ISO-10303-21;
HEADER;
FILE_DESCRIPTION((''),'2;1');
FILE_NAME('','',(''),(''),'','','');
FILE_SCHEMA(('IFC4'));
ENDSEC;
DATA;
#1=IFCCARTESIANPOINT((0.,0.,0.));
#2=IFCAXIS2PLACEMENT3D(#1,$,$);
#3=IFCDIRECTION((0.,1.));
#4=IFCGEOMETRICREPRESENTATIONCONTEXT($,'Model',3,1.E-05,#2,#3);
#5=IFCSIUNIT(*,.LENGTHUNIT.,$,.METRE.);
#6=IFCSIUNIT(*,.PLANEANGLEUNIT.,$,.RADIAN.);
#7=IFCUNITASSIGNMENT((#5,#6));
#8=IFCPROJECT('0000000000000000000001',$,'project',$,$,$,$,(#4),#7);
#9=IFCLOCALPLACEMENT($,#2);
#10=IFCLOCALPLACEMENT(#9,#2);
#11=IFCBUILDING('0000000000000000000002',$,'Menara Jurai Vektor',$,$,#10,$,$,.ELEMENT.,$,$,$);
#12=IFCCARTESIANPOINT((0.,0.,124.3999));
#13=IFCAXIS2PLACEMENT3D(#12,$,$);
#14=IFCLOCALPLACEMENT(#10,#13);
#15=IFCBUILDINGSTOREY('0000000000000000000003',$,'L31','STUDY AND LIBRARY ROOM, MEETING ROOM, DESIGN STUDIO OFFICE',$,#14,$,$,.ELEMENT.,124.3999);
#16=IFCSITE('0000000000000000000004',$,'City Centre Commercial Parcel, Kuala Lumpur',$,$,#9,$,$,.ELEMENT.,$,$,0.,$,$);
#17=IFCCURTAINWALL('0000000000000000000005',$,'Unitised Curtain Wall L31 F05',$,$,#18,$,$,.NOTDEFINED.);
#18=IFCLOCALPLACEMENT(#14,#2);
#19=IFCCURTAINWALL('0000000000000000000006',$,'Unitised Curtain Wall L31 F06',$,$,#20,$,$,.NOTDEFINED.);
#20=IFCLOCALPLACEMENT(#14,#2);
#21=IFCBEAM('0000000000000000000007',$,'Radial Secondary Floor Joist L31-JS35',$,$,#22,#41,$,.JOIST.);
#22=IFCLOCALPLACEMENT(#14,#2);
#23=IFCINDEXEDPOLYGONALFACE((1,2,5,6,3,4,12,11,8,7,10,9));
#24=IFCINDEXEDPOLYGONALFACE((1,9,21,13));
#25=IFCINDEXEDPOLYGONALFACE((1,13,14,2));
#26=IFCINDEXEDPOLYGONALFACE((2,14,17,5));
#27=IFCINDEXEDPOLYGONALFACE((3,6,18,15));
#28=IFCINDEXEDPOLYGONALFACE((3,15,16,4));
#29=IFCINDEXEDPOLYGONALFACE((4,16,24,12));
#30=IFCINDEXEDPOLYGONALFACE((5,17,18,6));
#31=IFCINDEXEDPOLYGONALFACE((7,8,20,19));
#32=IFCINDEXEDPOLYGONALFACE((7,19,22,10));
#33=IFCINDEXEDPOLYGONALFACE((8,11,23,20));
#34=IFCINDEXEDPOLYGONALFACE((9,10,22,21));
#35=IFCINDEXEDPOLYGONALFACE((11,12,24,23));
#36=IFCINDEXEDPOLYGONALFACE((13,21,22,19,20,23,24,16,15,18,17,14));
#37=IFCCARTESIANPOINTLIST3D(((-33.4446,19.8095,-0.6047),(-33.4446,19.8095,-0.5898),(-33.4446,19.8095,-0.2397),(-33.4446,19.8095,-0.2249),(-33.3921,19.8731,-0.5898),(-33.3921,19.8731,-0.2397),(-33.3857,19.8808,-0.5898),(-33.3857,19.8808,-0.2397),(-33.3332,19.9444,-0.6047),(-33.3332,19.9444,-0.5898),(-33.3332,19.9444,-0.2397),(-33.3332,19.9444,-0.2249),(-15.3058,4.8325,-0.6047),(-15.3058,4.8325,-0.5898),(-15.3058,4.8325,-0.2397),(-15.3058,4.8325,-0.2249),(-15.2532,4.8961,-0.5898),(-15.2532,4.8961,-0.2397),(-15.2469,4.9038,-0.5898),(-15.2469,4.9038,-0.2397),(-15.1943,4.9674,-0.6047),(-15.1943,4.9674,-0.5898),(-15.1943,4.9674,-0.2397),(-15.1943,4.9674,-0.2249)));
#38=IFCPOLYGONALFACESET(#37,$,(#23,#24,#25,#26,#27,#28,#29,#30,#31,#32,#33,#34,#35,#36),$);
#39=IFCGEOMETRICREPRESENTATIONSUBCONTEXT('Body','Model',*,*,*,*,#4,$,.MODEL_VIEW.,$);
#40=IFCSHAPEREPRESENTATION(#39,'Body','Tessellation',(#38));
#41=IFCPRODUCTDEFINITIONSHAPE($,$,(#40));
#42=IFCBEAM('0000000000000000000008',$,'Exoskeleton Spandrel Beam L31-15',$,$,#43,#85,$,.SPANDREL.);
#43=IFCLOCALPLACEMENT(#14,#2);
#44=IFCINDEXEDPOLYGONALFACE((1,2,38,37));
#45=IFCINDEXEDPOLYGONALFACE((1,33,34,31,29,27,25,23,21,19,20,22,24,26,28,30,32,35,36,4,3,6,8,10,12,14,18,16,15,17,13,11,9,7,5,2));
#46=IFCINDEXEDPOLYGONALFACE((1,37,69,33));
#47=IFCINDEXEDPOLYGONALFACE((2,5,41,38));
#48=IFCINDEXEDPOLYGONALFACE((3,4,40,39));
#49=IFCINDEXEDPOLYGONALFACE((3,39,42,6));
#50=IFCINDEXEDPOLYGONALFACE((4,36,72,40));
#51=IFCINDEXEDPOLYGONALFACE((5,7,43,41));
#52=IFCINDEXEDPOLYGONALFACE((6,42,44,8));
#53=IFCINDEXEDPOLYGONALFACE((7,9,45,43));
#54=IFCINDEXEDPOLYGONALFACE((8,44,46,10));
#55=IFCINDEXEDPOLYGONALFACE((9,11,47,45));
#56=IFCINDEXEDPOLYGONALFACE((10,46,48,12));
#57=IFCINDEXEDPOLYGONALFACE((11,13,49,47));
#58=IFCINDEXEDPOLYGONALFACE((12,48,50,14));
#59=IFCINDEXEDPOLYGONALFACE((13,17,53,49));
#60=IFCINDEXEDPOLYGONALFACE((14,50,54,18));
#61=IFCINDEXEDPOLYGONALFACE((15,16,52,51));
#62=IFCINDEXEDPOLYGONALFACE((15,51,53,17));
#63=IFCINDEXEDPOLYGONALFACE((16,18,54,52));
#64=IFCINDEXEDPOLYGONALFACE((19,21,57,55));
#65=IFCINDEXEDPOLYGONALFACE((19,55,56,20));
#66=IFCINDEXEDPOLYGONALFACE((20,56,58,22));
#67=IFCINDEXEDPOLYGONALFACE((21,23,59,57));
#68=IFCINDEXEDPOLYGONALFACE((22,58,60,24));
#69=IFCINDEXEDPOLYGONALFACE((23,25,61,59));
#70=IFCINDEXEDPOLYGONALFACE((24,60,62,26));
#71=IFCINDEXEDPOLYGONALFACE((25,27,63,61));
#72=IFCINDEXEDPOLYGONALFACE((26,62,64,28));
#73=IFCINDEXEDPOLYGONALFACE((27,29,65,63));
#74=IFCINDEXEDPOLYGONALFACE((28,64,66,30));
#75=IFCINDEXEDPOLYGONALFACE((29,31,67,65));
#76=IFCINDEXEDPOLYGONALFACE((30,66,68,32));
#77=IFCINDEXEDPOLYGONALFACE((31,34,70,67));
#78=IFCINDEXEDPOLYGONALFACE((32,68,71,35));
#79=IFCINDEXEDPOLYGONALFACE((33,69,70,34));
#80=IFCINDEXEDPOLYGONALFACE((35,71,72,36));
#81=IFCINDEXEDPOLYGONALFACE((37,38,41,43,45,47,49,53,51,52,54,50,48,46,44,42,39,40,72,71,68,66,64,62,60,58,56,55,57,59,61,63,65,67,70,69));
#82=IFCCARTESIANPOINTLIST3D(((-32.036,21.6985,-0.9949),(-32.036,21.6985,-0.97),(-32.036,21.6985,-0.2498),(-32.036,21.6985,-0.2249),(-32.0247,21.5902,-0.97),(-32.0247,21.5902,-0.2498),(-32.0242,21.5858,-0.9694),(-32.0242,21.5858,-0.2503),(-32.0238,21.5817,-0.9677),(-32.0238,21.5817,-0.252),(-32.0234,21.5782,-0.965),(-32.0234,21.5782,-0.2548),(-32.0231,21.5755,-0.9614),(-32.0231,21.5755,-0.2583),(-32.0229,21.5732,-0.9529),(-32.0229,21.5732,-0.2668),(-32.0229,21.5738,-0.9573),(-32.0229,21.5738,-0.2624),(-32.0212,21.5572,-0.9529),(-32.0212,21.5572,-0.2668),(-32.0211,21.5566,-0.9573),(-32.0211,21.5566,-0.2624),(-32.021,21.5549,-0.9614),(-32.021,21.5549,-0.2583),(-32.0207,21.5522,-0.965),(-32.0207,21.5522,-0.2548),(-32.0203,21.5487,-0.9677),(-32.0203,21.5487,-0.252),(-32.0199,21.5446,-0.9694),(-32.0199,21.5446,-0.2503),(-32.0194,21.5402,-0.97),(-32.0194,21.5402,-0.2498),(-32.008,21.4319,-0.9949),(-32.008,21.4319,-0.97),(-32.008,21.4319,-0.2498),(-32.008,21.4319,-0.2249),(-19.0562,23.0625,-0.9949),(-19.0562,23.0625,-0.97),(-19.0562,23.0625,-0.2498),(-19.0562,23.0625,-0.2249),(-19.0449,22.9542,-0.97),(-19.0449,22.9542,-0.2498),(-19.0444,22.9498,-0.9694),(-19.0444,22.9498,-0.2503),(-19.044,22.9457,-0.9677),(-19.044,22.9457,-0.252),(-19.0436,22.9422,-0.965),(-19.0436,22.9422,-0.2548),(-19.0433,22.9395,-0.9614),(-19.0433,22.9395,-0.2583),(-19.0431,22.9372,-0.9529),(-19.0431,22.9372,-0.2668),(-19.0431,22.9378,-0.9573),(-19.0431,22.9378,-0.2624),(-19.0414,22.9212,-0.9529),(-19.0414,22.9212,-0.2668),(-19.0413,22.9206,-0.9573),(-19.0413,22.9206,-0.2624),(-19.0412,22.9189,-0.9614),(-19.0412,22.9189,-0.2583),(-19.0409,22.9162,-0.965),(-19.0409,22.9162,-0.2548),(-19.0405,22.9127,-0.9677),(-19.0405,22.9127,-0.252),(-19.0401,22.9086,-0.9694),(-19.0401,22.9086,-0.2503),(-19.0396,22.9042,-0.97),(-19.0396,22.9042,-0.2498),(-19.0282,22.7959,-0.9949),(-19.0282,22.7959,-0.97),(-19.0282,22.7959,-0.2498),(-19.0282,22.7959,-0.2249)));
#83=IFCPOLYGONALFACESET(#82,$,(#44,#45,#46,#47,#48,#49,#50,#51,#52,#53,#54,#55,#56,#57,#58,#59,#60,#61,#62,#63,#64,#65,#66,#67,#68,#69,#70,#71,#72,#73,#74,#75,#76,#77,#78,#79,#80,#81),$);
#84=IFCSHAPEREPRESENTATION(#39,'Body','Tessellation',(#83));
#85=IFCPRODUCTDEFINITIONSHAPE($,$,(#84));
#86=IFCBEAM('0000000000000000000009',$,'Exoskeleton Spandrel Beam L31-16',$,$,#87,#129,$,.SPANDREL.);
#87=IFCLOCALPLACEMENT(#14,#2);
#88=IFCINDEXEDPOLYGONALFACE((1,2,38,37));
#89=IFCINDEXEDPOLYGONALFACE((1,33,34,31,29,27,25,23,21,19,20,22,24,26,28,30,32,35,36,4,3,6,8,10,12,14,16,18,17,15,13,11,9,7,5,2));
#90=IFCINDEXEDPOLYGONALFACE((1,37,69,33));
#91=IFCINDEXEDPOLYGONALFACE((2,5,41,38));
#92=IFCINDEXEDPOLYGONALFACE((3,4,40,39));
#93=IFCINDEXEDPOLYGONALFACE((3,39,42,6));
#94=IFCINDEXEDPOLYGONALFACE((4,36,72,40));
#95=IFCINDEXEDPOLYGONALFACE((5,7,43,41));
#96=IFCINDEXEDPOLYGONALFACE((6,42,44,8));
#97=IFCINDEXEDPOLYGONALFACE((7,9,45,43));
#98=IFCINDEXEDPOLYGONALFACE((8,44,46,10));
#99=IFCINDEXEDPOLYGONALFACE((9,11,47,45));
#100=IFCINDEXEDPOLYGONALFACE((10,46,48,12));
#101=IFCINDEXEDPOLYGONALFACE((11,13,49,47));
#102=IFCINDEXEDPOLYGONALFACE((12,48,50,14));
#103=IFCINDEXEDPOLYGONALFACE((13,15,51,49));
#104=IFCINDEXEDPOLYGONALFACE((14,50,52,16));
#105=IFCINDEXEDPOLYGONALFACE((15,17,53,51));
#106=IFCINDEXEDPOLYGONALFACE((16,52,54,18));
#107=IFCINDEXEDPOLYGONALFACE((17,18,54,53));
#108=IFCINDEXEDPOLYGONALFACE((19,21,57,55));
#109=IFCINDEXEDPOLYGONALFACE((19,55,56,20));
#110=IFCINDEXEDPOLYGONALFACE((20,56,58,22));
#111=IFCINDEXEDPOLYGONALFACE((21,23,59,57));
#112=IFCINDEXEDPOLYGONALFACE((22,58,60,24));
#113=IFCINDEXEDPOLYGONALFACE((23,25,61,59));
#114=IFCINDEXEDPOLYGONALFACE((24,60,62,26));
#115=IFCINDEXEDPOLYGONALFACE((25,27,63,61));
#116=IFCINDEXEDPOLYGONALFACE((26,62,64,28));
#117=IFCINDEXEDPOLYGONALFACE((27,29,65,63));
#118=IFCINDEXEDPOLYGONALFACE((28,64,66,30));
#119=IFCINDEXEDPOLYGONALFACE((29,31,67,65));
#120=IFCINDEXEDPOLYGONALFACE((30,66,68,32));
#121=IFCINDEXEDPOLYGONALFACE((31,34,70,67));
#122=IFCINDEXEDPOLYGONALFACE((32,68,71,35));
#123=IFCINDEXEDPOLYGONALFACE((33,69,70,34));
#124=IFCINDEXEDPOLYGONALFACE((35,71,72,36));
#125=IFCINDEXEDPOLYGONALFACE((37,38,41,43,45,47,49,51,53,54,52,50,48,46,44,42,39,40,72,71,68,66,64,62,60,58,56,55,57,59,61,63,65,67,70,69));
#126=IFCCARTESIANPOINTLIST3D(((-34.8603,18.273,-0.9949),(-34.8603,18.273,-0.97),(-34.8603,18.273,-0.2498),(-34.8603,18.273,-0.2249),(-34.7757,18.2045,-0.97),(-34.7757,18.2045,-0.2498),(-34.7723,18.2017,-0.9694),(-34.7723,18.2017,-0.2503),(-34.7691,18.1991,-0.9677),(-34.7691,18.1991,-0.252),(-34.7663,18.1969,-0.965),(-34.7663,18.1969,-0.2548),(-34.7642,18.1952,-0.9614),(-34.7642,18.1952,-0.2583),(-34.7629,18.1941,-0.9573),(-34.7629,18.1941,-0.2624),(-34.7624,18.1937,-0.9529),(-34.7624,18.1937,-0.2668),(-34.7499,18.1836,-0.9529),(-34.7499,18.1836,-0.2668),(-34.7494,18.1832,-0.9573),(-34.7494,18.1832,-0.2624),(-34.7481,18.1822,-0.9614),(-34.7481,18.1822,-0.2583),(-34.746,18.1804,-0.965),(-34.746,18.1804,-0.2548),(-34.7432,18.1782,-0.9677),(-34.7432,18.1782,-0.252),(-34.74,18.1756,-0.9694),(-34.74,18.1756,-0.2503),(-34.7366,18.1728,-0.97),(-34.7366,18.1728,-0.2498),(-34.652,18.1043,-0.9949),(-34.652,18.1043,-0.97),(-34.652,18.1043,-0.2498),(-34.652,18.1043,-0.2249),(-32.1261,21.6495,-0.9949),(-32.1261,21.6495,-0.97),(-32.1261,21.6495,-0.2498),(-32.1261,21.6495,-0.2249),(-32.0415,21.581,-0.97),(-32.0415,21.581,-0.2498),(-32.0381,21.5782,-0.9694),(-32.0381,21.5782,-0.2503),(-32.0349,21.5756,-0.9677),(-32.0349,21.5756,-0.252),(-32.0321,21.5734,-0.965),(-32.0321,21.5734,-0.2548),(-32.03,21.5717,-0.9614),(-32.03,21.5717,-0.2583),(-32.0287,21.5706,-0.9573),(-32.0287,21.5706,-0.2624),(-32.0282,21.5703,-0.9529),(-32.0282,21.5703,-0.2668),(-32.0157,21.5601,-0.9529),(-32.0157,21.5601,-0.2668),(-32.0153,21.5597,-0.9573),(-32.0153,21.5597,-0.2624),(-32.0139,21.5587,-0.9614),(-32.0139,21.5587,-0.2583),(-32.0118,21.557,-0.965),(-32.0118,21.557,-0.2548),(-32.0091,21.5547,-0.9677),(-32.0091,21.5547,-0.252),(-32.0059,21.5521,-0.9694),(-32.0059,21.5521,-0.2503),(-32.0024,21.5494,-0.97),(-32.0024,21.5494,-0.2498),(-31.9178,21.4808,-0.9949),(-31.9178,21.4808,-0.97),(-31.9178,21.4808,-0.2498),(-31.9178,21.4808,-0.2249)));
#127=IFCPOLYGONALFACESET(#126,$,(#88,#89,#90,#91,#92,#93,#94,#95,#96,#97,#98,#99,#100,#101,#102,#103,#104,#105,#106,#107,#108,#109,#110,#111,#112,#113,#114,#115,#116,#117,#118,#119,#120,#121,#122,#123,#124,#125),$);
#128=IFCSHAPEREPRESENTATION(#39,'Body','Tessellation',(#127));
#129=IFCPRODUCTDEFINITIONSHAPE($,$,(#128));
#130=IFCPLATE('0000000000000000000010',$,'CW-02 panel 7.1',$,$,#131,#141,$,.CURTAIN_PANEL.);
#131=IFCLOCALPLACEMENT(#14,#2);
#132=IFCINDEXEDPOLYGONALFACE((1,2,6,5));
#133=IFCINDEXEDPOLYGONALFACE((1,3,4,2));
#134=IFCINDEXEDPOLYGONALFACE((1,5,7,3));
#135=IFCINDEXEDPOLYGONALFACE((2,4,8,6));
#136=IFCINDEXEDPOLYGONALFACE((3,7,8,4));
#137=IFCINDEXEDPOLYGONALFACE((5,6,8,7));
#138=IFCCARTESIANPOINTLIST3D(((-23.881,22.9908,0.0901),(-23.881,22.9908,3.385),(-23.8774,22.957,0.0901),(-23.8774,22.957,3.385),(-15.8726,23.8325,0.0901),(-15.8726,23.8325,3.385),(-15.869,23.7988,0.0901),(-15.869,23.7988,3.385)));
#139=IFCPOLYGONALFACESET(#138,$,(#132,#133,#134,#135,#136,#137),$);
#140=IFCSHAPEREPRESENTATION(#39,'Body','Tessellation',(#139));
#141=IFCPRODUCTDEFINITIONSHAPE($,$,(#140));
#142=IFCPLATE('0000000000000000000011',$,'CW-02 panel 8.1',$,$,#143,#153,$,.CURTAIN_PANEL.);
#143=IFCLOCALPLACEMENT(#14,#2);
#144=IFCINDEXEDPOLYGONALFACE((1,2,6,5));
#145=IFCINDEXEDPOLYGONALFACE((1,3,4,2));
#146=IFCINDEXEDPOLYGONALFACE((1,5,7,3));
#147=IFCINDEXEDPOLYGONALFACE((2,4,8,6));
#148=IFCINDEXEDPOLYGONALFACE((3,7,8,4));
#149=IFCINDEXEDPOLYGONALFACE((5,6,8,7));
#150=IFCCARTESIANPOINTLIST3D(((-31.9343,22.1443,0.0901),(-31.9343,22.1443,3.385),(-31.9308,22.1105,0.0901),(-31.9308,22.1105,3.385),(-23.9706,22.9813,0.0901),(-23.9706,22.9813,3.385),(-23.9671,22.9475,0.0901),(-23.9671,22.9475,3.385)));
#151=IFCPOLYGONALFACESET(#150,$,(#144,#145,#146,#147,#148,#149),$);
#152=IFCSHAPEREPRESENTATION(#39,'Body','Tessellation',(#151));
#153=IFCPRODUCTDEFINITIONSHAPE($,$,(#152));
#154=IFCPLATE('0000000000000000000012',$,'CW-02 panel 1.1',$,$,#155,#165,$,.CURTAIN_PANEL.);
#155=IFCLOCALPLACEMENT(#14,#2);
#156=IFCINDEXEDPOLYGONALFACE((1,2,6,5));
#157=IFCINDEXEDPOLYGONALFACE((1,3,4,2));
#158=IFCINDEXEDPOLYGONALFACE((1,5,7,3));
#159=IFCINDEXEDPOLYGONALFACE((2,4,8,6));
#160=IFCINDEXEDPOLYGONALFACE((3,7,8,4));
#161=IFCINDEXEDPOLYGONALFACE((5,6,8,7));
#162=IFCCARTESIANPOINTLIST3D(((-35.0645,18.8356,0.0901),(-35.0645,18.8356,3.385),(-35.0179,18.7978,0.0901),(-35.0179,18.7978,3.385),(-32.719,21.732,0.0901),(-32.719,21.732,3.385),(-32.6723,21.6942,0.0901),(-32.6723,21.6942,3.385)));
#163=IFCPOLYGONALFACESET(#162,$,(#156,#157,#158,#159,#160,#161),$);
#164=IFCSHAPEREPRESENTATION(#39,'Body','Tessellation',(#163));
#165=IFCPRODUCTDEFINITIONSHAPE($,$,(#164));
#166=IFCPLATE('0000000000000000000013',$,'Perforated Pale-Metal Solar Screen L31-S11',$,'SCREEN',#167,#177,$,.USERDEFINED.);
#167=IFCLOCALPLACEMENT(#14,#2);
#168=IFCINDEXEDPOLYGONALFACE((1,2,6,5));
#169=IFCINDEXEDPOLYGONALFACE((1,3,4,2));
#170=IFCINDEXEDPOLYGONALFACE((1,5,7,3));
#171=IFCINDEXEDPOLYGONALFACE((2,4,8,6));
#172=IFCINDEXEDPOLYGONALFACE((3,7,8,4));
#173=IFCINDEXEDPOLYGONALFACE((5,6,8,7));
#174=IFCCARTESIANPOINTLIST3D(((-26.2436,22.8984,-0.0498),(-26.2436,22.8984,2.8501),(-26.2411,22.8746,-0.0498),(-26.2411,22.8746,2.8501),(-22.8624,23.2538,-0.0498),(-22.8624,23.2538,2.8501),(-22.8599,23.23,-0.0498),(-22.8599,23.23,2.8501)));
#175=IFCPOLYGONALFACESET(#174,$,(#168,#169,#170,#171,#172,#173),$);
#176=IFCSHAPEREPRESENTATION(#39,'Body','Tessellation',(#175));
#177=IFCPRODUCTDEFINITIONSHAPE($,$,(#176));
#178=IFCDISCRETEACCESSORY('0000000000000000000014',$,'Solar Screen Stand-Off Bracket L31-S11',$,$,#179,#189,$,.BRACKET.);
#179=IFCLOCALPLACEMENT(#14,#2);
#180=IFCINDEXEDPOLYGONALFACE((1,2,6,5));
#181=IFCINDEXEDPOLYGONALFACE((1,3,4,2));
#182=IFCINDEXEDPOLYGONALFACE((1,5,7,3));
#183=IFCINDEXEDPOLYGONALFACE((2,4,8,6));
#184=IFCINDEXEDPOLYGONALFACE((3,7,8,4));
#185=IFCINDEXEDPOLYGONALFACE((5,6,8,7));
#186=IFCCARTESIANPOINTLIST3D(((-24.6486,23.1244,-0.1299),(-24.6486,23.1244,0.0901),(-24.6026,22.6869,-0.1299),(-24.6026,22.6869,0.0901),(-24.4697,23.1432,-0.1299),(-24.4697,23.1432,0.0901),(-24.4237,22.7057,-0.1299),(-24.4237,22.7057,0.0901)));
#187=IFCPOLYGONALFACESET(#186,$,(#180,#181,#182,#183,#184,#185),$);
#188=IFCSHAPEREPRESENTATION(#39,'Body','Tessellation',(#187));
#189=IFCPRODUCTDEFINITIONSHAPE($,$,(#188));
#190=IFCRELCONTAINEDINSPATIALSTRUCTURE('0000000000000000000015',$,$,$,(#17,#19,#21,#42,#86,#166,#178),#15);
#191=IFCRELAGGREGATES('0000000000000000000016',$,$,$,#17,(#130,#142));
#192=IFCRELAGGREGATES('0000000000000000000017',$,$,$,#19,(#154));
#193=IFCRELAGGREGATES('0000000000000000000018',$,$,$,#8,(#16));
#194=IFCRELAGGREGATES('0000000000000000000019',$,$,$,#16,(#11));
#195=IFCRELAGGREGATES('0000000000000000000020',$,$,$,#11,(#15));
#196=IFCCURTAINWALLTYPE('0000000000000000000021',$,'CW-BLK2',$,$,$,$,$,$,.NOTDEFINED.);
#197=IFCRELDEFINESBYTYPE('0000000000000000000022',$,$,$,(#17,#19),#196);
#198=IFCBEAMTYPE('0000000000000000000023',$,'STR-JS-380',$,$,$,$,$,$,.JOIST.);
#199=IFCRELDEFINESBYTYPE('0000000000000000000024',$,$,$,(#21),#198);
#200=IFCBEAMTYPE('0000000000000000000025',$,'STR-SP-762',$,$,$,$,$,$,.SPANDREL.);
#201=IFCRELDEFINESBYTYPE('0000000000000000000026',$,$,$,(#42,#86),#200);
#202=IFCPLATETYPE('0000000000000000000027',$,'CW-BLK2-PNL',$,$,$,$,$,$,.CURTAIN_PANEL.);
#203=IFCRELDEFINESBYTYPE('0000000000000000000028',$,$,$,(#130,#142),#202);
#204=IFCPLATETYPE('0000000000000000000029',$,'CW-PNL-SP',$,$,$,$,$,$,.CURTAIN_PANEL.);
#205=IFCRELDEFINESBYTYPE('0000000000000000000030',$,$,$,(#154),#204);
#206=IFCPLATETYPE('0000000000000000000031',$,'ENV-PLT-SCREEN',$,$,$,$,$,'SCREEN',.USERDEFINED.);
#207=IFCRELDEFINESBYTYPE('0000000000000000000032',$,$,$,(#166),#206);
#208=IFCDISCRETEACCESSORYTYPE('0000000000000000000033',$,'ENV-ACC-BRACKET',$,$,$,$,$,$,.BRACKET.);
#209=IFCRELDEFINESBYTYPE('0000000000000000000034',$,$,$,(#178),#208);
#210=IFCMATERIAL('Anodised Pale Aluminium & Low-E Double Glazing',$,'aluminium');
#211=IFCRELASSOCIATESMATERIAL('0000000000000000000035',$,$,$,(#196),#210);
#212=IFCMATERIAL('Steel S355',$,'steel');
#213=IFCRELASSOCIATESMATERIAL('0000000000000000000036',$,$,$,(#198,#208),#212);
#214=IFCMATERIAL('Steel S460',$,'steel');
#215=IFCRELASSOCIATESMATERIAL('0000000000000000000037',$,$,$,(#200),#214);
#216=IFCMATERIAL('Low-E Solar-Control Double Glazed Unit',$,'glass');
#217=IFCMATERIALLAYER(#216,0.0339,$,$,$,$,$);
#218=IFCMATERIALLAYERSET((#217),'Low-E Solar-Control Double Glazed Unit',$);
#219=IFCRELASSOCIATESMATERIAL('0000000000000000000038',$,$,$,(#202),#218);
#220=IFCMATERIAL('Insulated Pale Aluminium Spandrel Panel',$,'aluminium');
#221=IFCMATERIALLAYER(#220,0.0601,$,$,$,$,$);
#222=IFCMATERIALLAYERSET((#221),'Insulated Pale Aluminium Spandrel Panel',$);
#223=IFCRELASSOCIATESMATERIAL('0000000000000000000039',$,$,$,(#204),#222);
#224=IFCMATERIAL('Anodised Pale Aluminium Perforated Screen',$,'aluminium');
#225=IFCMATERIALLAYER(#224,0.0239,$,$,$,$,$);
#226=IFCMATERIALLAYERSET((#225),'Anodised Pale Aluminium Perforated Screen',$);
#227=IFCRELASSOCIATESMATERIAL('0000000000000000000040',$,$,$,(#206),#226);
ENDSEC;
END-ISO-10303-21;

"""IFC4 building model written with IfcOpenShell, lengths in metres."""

from ifc_helpers import new_model, si_unit, direction, frame, origin, origin_2d, place, context, subcontext, project, spatial, rectangle, i_section, extrude, material, layer, layer_set, material_profile, profile_set, type_object, element, aggregate, save


model = new_model("IFC4")

# Units and contexts
model_context = context("Model", 3, precision=1e-05, world=origin(), true_north=direction((0.0, 1.0)))
body_context = subcontext(model_context, "Body", "Model", "MODEL_VIEW")
ifc_project = project(units=[si_unit("LENGTHUNIT", "METRE"), si_unit("PLANEANGLEUNIT", "RADIAN")], contexts=[model_context])

# Site, building, storey
site_placement = place(None, origin())
site = spatial("IfcSite", under=ifc_project, at=site_placement, Name="City Centre Commercial Parcel, Kuala Lumpur", CompositionType="ELEMENT", RefElevation=0.0)
building_placement = place(site_placement, origin())
building = spatial("IfcBuilding", under=site, at=building_placement, Name="Menara Jurai Vektor", CompositionType="ELEMENT")
storey_placement = place(building_placement, frame((0.0, 0.0, 124.3999)))
storey = spatial("IfcBuildingStorey", under=building, at=storey_placement, Name="L31", Description="STUDY AND LIBRARY ROOM, MEETING ROOM, DESIGN STUDIO OFFICE", CompositionType="ELEMENT", Elevation=124.3999)

# Shared definitions
ifc_material_1 = material(Name="Steel S460", Category="steel")

# Curtain walls
ifc_material_2 = material(Name="Anodised Pale Aluminium & Low-E Double Glazing", Category="aluminium")
curtain_wall_type = type_object("IfcCurtainWallType", Name="CW-BLK2", PredefinedType="NOTDEFINED", material=ifc_material_2)
curtain_wall_1_placement = place(storey_placement, origin())
curtain_wall_1 = element("IfcCurtainWall", 1, at=curtain_wall_1_placement, inside=storey, type_object=curtain_wall_type, Name="Unitised Curtain Wall L31 F05", PredefinedType="NOTDEFINED")
curtain_wall_2_placement = place(storey_placement, origin())
curtain_wall_2 = element("IfcCurtainWall", 2, at=curtain_wall_2_placement, inside=storey, type_object=curtain_wall_type, Name="Unitised Curtain Wall L31 F06", PredefinedType="NOTDEFINED")

# Shared definitions
ifc_material_3 = material(Name="Steel S355", Category="steel")

# Beams
ifc_material_profile_1 = material_profile(ifc_material_3, i_section(OverallWidth=0.175, OverallDepth=0.3799, WebThickness=0.01, FlangeThickness=0.0149, at=origin_2d()), Name="PG 380x175x58")
ifc_profile_set_1 = profile_set([ifc_material_profile_1], Name="Steel S355")
beam_type_1 = type_object("IfcBeamType", Name="STR-JS-380", PredefinedType="JOIST", material=ifc_profile_set_1)
beam_1_placement = place(storey_placement, frame((-33.3889, 19.877, -0.4148), z_axis=(0.771114, -0.636698, 0.0), x_axis=(0.636698, 0.771114, 0.0)))
element("IfcBeam", 3, at=beam_1_placement, inside=storey, type_object=beam_type_1, Name="Radial Secondary Floor Joist L31-JS35", PredefinedType="JOIST", context=body_context, shape_type="SweptSolid", body=[
    extrude(i_section(OverallWidth=0.175, OverallDepth=0.3799, WebThickness=0.01, FlangeThickness=0.0149, at=origin_2d()), origin(), (0.0, 0.0, 1.0), 23.5229),
])
ifc_material_profile_2 = material_profile(ifc_material_1, i_section(OverallWidth=0.2681, OverallDepth=0.77, WebThickness=0.0161, FlangeThickness=0.0249, FilletRadius=0.0171, at=origin_2d()), Name="UKB 762x267x197")
ifc_profile_set_2 = profile_set([ifc_material_profile_2], Name="Steel S460")
beam_type_2 = type_object("IfcBeamType", Name="STR-SP-762", PredefinedType="SPANDREL", material=ifc_profile_set_2)
beam_2_placement = place(storey_placement, frame((-19.0422, 22.9292, -0.6099), z_axis=(-0.994524, -0.104512, 0.0), x_axis=(0.104512, -0.994524, 0.0)))
element("IfcBeam", 4, at=beam_2_placement, inside=storey, type_object=beam_type_2, Name="Exoskeleton Spandrel Beam L31-15", PredefinedType="SPANDREL", context=body_context, shape_type="SweptSolid", body=[
    extrude(i_section(OverallWidth=0.2681, OverallDepth=0.77, WebThickness=0.0161, FlangeThickness=0.0249, FilletRadius=0.0171, at=origin_2d()), origin(), (0.0, 0.0, 1.0), 13.0513),
])
beam_3_placement = place(storey_placement, frame((-32.022, 21.5652, -0.6099), z_axis=(-0.62931, -0.777155, 0.0), x_axis=(0.777155, -0.62931, 0.0)))
element("IfcBeam", 5, at=beam_3_placement, inside=storey, type_object=beam_type_2, Name="Exoskeleton Spandrel Beam L31-16", PredefinedType="SPANDREL", context=body_context, shape_type="SweptSolid", body=[
    extrude(i_section(OverallWidth=0.2681, OverallDepth=0.77, WebThickness=0.0161, FlangeThickness=0.0249, FilletRadius=0.0171, at=origin_2d()), origin(), (0.0, 0.0, 1.0), 4.3447),
])

# Plates
ifc_material_4 = material(Name="Low-E Solar-Control Double Glazed Unit", Category="glass")
ifc_layer_1 = layer(ifc_material_4, 0.0339)
ifc_layer_set_1 = layer_set([ifc_layer_1], Name="Low-E Solar-Control Double Glazed Unit")
plate_type_1 = type_object("IfcPlateType", Name="CW-BLK2-PNL", PredefinedType="CURTAIN_PANEL", material=ifc_layer_set_1)
plate_1_placement = place(storey_placement, frame((-19.875, 23.3948, 0.0901), z_axis=(0.0, 0.0, 1.0), x_axis=(-0.994522, -0.104529, 0.0)))
plate_1 = element("IfcPlate", 6, at=plate_1_placement, type_object=plate_type_1, Name="CW-02 panel 7.1", PredefinedType="CURTAIN_PANEL", context=body_context, shape_type="SweptSolid", body=[
    extrude(rectangle(XDim=8.0525, YDim=0.0339, at=origin_2d()), origin(), (0.0, 0.0, 1.0), 3.2949),
])
plate_2_placement = place(storey_placement, frame((-27.9507, 22.5459, 0.0901), z_axis=(0.0, 0.0, 1.0), x_axis=(-0.994522, -0.104529, 0.0)))
plate_2 = element("IfcPlate", 7, at=plate_2_placement, type_object=plate_type_1, Name="CW-02 panel 8.1", PredefinedType="CURTAIN_PANEL", context=body_context, shape_type="SweptSolid", body=[
    extrude(rectangle(XDim=8.0076, YDim=0.0339, at=origin_2d()), origin(), (0.0, 0.0, 1.0), 3.2949),
])
aggregate(curtain_wall_1, [plate_1, plate_2])
ifc_material_5 = material(Name="Insulated Pale Aluminium Spandrel Panel", Category="aluminium")
ifc_layer_2 = layer(ifc_material_5, 0.0601)
ifc_layer_set_2 = layer_set([ifc_layer_2], Name="Insulated Pale Aluminium Spandrel Panel")
plate_type_2 = type_object("IfcPlateType", Name="CW-PNL-SP", PredefinedType="CURTAIN_PANEL", material=ifc_layer_set_2)
plate_3_placement = place(storey_placement, frame((-33.8684, 20.2649, 0.0901), z_axis=(0.0, 0.0, 1.0), x_axis=(-0.629341, -0.777129, 0.0)))
plate_3 = element("IfcPlate", 8, at=plate_3_placement, type_object=plate_type_2, Name="CW-02 panel 1.1", PredefinedType="CURTAIN_PANEL", context=body_context, shape_type="SweptSolid", body=[
    extrude(rectangle(XDim=3.7271, YDim=0.0601, at=origin_2d()), origin(), (0.0, 0.0, 1.0), 3.2949),
])
aggregate(curtain_wall_2, [plate_3])
ifc_material_6 = material(Name="Anodised Pale Aluminium Perforated Screen", Category="aluminium")
ifc_layer_3 = layer(ifc_material_6, 0.0239)
ifc_layer_set_3 = layer_set([ifc_layer_3], Name="Anodised Pale Aluminium Perforated Screen")
plate_type_3 = type_object("IfcPlateType", Name="ENV-PLT-SCREEN", ElementType="SCREEN", PredefinedType="USERDEFINED", material=ifc_layer_set_3)
plate_4_placement = place(storey_placement, frame((-24.5518, 23.0642, -0.0498), z_axis=(0.0, 0.0, 1.0), x_axis=(-0.994522, -0.104528, 0.0)))
element("IfcPlate", 9, at=plate_4_placement, inside=storey, type_object=plate_type_3, Name="Perforated Pale-Metal Solar Screen L31-S11", ObjectType="SCREEN", PredefinedType="USERDEFINED", context=body_context, shape_type="SweptSolid", body=[
    extrude(rectangle(XDim=3.3999, YDim=0.0239, at=origin_2d()), origin(), (0.0, 0.0, 1.0), 2.8999),
])

# Discrete accessory
discrete_accessory_type = type_object("IfcDiscreteAccessoryType", Name="ENV-ACC-BRACKET", PredefinedType="BRACKET", material=ifc_material_3)
discrete_accessory_placement = place(storey_placement, frame((-24.5361, 22.915, -0.1299), z_axis=(0.0, 0.0, 1.0), x_axis=(-0.994522, -0.104528, 0.0)))
element("IfcDiscreteAccessory", 10, at=discrete_accessory_placement, inside=storey, type_object=discrete_accessory_type, Name="Solar Screen Stand-Off Bracket L31-S11", PredefinedType="BRACKET", context=body_context, shape_type="SweptSolid", body=[
    extrude(rectangle(XDim=0.1799, YDim=0.4399, at=origin_2d()), origin(), (0.0, 0.0, 1.0), 0.22),
])

save(model, "model.ifc")
